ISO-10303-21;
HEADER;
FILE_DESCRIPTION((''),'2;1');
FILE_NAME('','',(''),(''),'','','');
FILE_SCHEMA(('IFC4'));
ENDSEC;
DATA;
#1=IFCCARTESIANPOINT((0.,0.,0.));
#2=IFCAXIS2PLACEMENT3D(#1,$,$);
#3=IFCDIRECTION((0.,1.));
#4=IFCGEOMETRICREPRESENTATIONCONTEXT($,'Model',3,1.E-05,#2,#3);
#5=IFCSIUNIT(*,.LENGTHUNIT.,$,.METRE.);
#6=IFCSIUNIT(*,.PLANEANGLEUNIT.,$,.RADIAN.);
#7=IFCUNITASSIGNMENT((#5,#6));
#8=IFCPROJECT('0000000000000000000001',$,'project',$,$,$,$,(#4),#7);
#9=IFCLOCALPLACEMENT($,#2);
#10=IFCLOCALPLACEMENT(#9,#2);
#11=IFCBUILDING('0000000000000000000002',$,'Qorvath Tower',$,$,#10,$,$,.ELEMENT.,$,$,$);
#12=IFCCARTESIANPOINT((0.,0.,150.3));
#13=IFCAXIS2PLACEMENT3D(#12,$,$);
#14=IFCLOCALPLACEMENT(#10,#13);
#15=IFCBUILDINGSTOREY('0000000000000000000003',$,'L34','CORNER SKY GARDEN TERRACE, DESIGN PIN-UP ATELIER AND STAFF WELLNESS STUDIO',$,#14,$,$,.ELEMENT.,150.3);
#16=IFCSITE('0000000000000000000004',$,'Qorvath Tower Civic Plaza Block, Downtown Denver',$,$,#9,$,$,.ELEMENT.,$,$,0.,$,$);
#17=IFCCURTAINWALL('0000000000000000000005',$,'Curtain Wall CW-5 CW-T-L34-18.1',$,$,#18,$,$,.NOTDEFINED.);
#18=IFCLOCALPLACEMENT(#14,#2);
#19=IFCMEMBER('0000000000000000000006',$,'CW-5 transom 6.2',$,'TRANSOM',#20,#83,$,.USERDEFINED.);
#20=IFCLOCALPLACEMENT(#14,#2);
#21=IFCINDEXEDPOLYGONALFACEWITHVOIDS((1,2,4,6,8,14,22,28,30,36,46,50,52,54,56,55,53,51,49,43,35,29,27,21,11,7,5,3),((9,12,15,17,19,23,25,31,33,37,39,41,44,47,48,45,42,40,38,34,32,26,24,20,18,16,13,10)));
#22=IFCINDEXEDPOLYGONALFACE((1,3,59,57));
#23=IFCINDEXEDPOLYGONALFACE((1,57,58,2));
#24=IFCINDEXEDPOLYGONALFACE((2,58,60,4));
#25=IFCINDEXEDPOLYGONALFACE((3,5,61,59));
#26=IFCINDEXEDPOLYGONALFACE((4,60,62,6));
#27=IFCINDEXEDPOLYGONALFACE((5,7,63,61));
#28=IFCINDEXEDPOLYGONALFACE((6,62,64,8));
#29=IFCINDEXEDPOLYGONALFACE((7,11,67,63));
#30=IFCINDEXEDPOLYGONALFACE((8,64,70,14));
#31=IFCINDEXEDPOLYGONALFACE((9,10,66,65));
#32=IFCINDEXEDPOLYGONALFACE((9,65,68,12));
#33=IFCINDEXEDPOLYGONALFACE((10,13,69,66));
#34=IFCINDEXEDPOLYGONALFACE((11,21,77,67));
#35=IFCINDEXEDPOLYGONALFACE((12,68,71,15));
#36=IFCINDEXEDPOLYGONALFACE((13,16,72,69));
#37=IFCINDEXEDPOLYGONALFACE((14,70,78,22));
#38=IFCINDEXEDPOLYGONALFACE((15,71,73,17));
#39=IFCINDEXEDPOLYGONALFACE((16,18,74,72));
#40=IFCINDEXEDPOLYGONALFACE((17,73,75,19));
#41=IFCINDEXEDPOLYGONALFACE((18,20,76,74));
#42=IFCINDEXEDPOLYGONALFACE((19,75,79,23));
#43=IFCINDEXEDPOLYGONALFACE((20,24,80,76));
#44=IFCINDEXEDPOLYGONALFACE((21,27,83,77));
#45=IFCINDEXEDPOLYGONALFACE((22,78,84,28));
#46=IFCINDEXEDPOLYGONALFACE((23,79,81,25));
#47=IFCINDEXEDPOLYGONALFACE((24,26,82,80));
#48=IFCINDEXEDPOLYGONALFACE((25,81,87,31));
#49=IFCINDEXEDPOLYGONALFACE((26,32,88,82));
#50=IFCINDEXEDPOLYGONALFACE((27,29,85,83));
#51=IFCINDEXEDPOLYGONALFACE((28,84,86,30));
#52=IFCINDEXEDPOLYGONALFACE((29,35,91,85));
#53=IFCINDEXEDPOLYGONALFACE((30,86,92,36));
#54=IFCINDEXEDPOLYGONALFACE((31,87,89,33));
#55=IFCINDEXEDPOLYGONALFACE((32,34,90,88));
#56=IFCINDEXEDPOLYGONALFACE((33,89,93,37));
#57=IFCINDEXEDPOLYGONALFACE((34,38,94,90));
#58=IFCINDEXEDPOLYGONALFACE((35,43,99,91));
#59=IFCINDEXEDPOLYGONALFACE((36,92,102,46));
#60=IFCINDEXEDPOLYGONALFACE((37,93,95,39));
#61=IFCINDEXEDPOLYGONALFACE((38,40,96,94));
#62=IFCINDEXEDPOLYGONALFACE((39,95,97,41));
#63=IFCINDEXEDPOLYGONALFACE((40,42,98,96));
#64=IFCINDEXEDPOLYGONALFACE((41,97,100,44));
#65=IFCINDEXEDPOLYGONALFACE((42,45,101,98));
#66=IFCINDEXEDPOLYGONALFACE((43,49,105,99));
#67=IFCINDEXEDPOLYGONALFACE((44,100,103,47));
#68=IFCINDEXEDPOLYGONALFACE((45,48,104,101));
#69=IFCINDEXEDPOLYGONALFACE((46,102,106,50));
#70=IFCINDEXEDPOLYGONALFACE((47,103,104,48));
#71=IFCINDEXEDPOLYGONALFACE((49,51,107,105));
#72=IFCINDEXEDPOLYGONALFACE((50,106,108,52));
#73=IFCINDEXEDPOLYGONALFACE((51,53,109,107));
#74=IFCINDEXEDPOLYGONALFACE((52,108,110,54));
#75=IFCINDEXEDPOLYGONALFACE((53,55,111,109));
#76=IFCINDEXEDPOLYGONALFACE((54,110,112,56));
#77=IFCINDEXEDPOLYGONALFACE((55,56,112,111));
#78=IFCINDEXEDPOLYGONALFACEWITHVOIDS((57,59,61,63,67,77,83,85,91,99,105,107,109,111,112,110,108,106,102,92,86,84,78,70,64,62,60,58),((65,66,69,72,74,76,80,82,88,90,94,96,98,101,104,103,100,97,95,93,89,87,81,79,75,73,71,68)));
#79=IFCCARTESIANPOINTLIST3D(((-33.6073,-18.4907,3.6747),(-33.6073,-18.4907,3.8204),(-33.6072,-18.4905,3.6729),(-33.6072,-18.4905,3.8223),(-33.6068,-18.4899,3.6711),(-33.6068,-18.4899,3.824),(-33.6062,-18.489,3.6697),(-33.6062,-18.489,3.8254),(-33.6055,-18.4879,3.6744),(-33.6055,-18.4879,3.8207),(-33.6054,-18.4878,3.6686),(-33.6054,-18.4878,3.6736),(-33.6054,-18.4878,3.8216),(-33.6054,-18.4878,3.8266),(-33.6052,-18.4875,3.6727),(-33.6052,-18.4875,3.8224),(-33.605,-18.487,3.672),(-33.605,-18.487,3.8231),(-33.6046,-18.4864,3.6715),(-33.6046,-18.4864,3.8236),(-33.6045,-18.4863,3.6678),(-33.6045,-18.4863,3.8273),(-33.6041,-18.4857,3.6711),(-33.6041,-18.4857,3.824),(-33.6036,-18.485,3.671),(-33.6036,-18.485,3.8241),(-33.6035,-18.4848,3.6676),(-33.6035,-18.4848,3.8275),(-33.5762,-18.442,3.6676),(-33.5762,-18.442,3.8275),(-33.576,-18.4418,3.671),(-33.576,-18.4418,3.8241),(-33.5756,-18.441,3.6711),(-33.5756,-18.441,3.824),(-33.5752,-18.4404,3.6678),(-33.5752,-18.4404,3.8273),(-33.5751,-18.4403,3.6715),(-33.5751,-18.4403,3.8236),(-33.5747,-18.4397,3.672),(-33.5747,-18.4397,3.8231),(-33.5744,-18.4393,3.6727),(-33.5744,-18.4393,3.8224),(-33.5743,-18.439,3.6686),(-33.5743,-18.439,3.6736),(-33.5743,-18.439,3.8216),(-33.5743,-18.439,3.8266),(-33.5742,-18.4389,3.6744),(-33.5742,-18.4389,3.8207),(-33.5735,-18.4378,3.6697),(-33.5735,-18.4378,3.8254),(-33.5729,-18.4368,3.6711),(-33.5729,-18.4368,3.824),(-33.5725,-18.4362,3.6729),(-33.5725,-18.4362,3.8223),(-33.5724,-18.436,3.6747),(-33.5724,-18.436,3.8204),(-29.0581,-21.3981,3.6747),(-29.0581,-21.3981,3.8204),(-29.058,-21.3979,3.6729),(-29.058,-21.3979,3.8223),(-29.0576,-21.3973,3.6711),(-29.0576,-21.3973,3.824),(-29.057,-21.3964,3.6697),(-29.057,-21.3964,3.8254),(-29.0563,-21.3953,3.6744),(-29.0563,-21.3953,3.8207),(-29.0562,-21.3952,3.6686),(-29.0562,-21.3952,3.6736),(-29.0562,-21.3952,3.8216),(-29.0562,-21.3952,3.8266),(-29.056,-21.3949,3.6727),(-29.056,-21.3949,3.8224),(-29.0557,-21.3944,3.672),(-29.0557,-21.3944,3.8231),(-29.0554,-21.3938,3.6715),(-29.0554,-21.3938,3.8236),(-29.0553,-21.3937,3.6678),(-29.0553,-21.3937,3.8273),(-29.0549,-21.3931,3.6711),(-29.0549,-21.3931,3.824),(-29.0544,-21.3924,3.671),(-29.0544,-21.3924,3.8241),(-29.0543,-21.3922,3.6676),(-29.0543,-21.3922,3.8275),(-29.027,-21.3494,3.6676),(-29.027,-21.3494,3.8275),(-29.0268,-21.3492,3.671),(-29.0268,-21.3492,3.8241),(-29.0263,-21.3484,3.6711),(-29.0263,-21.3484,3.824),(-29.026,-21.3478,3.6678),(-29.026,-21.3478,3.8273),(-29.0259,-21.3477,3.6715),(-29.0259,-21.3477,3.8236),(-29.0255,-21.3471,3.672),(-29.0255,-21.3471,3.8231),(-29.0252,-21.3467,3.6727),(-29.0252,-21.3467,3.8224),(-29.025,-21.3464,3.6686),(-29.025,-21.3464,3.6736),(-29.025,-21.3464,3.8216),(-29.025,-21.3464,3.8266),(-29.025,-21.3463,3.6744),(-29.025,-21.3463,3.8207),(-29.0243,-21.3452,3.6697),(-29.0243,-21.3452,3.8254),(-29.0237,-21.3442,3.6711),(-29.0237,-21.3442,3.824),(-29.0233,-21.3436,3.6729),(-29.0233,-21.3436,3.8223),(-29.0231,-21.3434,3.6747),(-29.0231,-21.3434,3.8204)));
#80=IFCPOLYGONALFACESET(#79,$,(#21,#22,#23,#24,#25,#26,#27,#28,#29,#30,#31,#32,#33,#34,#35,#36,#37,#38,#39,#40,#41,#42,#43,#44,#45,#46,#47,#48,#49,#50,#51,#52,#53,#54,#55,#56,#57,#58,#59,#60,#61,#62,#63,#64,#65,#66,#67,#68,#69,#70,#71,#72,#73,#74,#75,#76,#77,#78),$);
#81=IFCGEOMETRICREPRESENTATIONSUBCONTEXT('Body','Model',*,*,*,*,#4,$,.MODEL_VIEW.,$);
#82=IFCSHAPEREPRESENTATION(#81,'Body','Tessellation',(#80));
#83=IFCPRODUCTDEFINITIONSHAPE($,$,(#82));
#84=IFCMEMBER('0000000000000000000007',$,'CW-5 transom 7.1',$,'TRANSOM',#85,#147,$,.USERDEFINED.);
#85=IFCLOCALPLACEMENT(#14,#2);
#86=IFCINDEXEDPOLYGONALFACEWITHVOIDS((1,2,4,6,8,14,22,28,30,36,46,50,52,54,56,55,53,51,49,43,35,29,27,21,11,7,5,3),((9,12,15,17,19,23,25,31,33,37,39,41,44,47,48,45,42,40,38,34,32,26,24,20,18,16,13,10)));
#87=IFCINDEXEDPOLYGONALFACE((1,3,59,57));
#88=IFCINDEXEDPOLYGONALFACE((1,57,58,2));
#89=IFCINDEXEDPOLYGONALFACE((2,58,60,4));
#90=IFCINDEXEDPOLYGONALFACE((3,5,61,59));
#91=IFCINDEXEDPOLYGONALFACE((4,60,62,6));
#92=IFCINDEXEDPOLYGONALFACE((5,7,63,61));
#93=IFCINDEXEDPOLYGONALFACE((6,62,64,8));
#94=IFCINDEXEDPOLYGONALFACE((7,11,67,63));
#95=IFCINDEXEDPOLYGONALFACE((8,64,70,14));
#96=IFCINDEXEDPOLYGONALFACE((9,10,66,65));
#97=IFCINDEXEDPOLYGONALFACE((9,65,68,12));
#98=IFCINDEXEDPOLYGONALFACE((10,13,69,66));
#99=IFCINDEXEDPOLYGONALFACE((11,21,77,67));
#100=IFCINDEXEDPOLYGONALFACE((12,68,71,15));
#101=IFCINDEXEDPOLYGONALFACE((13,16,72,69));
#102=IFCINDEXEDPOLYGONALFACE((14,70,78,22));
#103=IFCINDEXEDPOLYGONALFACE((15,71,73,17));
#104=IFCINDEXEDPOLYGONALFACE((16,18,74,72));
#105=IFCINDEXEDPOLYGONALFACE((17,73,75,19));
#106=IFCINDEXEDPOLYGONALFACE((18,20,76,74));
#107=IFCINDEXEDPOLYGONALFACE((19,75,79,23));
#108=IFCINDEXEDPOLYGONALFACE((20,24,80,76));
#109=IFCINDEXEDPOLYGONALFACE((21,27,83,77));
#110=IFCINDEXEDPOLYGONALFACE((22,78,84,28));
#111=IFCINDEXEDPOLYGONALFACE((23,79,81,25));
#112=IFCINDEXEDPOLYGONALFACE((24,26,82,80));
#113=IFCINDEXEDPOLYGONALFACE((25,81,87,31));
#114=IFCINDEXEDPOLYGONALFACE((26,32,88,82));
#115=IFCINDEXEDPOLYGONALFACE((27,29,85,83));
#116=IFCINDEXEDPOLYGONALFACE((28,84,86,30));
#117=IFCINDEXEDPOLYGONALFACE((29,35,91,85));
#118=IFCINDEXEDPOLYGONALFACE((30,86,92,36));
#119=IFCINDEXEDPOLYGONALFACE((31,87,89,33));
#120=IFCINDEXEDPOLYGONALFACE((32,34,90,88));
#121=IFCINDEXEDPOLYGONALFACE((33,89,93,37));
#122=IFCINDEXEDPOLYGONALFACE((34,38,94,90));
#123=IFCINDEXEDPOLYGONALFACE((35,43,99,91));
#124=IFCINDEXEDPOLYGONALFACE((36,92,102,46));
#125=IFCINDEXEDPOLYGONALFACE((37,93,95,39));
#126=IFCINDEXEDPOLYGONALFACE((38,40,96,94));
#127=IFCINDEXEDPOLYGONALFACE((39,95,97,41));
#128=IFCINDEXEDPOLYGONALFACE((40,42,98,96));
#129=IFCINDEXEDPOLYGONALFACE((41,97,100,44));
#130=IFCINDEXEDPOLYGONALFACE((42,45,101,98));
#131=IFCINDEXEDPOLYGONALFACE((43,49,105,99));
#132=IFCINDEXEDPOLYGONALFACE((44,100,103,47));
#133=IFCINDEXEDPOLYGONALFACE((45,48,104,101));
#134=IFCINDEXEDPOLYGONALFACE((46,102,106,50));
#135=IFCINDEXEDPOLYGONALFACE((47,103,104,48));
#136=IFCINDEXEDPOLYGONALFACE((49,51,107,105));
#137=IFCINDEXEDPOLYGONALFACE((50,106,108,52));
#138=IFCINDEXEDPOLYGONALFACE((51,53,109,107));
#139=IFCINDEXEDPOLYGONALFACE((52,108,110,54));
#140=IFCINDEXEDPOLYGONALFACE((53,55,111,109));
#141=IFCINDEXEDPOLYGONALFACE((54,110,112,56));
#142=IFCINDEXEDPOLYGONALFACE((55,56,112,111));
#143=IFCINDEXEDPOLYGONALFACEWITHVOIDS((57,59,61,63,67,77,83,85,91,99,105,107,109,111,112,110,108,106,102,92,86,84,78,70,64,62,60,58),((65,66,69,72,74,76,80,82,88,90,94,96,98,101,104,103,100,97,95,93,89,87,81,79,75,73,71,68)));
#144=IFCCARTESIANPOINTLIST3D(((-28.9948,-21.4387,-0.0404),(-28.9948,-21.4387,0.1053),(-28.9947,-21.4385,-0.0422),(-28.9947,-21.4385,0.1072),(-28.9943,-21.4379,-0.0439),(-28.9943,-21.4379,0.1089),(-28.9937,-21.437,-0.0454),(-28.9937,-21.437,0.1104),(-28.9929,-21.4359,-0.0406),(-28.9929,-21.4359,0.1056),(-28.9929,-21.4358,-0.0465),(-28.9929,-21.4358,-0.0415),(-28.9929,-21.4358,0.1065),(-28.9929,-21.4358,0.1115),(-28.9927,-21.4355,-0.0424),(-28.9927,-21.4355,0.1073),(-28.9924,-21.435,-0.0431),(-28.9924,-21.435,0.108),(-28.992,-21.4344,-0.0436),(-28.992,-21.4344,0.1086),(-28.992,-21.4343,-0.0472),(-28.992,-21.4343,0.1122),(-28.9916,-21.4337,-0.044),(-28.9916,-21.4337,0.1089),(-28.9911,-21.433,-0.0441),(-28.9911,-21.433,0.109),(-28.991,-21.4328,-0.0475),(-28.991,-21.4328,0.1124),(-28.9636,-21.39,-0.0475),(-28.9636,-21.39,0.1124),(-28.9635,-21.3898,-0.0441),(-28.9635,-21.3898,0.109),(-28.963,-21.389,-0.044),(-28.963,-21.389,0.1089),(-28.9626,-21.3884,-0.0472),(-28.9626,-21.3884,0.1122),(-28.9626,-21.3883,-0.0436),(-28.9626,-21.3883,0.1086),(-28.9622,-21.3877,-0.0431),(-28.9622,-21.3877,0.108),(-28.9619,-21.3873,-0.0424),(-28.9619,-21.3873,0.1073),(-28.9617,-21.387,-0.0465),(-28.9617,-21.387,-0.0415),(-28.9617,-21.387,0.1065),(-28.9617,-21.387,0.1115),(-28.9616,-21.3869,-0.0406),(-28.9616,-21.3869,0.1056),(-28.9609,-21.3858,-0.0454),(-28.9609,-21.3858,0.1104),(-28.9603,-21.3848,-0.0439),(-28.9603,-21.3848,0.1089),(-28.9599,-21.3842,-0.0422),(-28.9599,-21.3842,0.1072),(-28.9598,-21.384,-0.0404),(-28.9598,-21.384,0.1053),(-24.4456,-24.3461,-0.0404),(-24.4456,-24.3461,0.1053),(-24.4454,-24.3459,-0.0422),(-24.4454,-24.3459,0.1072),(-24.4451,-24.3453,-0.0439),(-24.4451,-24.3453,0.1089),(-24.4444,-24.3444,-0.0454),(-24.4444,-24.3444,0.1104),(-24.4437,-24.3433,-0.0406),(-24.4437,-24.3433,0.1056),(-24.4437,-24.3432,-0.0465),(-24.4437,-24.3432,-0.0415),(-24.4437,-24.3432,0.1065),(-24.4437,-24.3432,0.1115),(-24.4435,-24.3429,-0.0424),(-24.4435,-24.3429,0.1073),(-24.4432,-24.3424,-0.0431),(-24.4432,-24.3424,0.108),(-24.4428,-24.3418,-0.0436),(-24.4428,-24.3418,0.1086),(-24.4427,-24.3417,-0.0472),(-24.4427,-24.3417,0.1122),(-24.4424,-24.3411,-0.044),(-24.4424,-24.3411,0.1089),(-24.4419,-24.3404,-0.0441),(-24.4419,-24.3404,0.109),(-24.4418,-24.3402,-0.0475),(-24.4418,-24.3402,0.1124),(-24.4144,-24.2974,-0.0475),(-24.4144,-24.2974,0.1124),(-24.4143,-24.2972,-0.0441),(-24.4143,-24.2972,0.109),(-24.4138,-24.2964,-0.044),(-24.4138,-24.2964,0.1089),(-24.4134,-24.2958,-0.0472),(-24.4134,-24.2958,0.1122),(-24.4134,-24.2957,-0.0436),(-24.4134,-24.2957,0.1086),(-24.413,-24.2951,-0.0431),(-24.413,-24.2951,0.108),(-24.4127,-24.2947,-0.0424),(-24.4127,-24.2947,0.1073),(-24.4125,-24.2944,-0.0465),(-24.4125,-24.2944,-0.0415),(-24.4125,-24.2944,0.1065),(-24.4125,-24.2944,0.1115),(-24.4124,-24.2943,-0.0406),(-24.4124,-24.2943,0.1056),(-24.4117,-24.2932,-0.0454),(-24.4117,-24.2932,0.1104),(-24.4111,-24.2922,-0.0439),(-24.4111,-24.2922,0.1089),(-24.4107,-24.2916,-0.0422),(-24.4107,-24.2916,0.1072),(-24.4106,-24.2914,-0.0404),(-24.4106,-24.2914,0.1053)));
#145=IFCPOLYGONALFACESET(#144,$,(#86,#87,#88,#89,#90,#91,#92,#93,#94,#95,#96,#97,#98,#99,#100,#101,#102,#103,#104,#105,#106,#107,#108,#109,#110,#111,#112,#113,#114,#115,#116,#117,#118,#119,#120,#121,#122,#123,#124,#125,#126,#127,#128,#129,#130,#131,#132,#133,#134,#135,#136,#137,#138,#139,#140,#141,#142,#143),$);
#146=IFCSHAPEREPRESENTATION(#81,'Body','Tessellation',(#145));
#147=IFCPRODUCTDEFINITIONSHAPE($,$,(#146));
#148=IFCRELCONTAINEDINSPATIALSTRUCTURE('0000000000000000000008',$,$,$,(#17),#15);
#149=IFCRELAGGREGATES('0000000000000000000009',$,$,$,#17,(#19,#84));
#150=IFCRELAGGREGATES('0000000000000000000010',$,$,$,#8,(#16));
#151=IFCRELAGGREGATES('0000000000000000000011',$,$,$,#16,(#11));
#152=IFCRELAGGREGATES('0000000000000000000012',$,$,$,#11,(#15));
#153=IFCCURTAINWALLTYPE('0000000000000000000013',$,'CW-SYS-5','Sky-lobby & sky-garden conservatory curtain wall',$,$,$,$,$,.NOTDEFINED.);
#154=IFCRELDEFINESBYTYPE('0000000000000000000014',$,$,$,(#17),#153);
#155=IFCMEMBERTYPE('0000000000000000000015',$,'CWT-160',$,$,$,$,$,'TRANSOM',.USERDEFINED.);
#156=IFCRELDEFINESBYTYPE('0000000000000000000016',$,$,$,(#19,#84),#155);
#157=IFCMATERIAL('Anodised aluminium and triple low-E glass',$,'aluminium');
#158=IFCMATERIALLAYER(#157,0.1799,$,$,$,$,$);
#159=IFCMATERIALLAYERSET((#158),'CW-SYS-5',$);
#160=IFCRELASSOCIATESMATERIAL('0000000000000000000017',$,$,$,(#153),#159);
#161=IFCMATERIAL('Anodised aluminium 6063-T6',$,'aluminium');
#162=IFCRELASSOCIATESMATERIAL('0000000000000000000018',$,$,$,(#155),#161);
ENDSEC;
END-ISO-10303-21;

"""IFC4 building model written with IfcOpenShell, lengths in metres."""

from ifc_helpers import new_model, si_unit, direction, frame, origin, origin_2d, place, context, subcontext, project, spatial, hollow_rectangle, extrude, material, layer, layer_set, material_profile, profile_set, type_object, element, aggregate, save


model = new_model("IFC4")

# Units and contexts
model_context = context("Model", 3, precision=1e-05, world=origin(), true_north=direction((0.0, 1.0)))
body_context = subcontext(model_context, "Body", "Model", "MODEL_VIEW")
ifc_project = project(units=[si_unit("LENGTHUNIT", "METRE"), si_unit("PLANEANGLEUNIT", "RADIAN")], contexts=[model_context])

# Site, building, storey
site_placement = place(None, origin())
site = spatial("IfcSite", under=ifc_project, at=site_placement, Name="Qorvath Tower Civic Plaza Block, Downtown Denver", CompositionType="ELEMENT", RefElevation=0.0)
building_placement = place(site_placement, origin())
building = spatial("IfcBuilding", under=site, at=building_placement, Name="Qorvath Tower", CompositionType="ELEMENT")
storey_placement = place(building_placement, frame((0.0, 0.0, 150.3)))
storey = spatial("IfcBuildingStorey", under=building, at=storey_placement, Name="L34", Description="CORNER SKY GARDEN TERRACE, DESIGN PIN-UP ATELIER AND STAFF WELLNESS STUDIO", CompositionType="ELEMENT", Elevation=150.3)

# Curtain wall, members
ifc_material_1 = material(Name="Anodised aluminium and triple low-E glass", Category="aluminium")
ifc_layer_1 = layer(ifc_material_1, 0.1799)
ifc_layer_set_1 = layer_set([ifc_layer_1], Name="CW-SYS-5")
curtain_wall_type = type_object("IfcCurtainWallType", Name="CW-SYS-5", Description="Sky-lobby & sky-garden conservatory curtain wall", PredefinedType="NOTDEFINED", material=ifc_layer_set_1)
curtain_wall_placement = place(storey_placement, origin())
curtain_wall = element("IfcCurtainWall", 1, at=curtain_wall_placement, inside=storey, type_object=curtain_wall_type, Name="Curtain Wall CW-5 CW-T-L34-18.1", PredefinedType="NOTDEFINED")
ifc_material_2 = material(Name="Anodised aluminium 6063-T6", Category="aluminium")
ifc_material_profile_1 = material_profile(ifc_material_2, hollow_rectangle(XDim=0.0649, YDim=0.1599, WallThickness=0.0034, InnerFilletRadius=0.0034, OuterFilletRadius=0.0071, at=origin_2d()), Name="CWT 160x65")
ifc_profile_set_1 = profile_set([ifc_material_profile_1], Name="Anodised aluminium 6063-T6")
member_type_1 = type_object("IfcMemberType", Name="CWT-160", ElementType="TRANSOM", PredefinedType="USERDEFINED", material=ifc_profile_set_1)
member_1_placement = place(storey_placement, frame((-33.5898, -18.4634, 3.7476), z_axis=(0.842615, -0.538516, 0.0), x_axis=(0.538516, 0.842615, 0.0)))
member_1 = element("IfcMember", 2, at=member_1_placement, type_object=member_type_1, Name="CW-5 transom 6.2", ObjectType="TRANSOM", PredefinedType="USERDEFINED", context=body_context, shape_type="SweptSolid", body=[
    extrude(hollow_rectangle(XDim=0.0649, YDim=0.1599, WallThickness=0.0034, InnerFilletRadius=0.0034, OuterFilletRadius=0.0071, at=origin_2d()), origin(), (0.0, 0.0, 1.0), 5.3989),
])
member_2_placement = place(storey_placement, frame((-28.9773, -21.4114, 0.0325), z_axis=(0.842615, -0.538516, 0.0), x_axis=(0.538516, 0.842615, 0.0)))
member_2 = element("IfcMember", 3, at=member_2_placement, type_object=member_type_1, Name="CW-5 transom 7.1", ObjectType="TRANSOM", PredefinedType="USERDEFINED", context=body_context, shape_type="SweptSolid", body=[
    extrude(hollow_rectangle(XDim=0.0649, YDim=0.1599, WallThickness=0.0034, InnerFilletRadius=0.0034, OuterFilletRadius=0.0071, at=origin_2d()), origin(), (0.0, 0.0, 1.0), 5.3989),
])
aggregate(curtain_wall, [member_1, member_2])

save(model, "model.ifc")
